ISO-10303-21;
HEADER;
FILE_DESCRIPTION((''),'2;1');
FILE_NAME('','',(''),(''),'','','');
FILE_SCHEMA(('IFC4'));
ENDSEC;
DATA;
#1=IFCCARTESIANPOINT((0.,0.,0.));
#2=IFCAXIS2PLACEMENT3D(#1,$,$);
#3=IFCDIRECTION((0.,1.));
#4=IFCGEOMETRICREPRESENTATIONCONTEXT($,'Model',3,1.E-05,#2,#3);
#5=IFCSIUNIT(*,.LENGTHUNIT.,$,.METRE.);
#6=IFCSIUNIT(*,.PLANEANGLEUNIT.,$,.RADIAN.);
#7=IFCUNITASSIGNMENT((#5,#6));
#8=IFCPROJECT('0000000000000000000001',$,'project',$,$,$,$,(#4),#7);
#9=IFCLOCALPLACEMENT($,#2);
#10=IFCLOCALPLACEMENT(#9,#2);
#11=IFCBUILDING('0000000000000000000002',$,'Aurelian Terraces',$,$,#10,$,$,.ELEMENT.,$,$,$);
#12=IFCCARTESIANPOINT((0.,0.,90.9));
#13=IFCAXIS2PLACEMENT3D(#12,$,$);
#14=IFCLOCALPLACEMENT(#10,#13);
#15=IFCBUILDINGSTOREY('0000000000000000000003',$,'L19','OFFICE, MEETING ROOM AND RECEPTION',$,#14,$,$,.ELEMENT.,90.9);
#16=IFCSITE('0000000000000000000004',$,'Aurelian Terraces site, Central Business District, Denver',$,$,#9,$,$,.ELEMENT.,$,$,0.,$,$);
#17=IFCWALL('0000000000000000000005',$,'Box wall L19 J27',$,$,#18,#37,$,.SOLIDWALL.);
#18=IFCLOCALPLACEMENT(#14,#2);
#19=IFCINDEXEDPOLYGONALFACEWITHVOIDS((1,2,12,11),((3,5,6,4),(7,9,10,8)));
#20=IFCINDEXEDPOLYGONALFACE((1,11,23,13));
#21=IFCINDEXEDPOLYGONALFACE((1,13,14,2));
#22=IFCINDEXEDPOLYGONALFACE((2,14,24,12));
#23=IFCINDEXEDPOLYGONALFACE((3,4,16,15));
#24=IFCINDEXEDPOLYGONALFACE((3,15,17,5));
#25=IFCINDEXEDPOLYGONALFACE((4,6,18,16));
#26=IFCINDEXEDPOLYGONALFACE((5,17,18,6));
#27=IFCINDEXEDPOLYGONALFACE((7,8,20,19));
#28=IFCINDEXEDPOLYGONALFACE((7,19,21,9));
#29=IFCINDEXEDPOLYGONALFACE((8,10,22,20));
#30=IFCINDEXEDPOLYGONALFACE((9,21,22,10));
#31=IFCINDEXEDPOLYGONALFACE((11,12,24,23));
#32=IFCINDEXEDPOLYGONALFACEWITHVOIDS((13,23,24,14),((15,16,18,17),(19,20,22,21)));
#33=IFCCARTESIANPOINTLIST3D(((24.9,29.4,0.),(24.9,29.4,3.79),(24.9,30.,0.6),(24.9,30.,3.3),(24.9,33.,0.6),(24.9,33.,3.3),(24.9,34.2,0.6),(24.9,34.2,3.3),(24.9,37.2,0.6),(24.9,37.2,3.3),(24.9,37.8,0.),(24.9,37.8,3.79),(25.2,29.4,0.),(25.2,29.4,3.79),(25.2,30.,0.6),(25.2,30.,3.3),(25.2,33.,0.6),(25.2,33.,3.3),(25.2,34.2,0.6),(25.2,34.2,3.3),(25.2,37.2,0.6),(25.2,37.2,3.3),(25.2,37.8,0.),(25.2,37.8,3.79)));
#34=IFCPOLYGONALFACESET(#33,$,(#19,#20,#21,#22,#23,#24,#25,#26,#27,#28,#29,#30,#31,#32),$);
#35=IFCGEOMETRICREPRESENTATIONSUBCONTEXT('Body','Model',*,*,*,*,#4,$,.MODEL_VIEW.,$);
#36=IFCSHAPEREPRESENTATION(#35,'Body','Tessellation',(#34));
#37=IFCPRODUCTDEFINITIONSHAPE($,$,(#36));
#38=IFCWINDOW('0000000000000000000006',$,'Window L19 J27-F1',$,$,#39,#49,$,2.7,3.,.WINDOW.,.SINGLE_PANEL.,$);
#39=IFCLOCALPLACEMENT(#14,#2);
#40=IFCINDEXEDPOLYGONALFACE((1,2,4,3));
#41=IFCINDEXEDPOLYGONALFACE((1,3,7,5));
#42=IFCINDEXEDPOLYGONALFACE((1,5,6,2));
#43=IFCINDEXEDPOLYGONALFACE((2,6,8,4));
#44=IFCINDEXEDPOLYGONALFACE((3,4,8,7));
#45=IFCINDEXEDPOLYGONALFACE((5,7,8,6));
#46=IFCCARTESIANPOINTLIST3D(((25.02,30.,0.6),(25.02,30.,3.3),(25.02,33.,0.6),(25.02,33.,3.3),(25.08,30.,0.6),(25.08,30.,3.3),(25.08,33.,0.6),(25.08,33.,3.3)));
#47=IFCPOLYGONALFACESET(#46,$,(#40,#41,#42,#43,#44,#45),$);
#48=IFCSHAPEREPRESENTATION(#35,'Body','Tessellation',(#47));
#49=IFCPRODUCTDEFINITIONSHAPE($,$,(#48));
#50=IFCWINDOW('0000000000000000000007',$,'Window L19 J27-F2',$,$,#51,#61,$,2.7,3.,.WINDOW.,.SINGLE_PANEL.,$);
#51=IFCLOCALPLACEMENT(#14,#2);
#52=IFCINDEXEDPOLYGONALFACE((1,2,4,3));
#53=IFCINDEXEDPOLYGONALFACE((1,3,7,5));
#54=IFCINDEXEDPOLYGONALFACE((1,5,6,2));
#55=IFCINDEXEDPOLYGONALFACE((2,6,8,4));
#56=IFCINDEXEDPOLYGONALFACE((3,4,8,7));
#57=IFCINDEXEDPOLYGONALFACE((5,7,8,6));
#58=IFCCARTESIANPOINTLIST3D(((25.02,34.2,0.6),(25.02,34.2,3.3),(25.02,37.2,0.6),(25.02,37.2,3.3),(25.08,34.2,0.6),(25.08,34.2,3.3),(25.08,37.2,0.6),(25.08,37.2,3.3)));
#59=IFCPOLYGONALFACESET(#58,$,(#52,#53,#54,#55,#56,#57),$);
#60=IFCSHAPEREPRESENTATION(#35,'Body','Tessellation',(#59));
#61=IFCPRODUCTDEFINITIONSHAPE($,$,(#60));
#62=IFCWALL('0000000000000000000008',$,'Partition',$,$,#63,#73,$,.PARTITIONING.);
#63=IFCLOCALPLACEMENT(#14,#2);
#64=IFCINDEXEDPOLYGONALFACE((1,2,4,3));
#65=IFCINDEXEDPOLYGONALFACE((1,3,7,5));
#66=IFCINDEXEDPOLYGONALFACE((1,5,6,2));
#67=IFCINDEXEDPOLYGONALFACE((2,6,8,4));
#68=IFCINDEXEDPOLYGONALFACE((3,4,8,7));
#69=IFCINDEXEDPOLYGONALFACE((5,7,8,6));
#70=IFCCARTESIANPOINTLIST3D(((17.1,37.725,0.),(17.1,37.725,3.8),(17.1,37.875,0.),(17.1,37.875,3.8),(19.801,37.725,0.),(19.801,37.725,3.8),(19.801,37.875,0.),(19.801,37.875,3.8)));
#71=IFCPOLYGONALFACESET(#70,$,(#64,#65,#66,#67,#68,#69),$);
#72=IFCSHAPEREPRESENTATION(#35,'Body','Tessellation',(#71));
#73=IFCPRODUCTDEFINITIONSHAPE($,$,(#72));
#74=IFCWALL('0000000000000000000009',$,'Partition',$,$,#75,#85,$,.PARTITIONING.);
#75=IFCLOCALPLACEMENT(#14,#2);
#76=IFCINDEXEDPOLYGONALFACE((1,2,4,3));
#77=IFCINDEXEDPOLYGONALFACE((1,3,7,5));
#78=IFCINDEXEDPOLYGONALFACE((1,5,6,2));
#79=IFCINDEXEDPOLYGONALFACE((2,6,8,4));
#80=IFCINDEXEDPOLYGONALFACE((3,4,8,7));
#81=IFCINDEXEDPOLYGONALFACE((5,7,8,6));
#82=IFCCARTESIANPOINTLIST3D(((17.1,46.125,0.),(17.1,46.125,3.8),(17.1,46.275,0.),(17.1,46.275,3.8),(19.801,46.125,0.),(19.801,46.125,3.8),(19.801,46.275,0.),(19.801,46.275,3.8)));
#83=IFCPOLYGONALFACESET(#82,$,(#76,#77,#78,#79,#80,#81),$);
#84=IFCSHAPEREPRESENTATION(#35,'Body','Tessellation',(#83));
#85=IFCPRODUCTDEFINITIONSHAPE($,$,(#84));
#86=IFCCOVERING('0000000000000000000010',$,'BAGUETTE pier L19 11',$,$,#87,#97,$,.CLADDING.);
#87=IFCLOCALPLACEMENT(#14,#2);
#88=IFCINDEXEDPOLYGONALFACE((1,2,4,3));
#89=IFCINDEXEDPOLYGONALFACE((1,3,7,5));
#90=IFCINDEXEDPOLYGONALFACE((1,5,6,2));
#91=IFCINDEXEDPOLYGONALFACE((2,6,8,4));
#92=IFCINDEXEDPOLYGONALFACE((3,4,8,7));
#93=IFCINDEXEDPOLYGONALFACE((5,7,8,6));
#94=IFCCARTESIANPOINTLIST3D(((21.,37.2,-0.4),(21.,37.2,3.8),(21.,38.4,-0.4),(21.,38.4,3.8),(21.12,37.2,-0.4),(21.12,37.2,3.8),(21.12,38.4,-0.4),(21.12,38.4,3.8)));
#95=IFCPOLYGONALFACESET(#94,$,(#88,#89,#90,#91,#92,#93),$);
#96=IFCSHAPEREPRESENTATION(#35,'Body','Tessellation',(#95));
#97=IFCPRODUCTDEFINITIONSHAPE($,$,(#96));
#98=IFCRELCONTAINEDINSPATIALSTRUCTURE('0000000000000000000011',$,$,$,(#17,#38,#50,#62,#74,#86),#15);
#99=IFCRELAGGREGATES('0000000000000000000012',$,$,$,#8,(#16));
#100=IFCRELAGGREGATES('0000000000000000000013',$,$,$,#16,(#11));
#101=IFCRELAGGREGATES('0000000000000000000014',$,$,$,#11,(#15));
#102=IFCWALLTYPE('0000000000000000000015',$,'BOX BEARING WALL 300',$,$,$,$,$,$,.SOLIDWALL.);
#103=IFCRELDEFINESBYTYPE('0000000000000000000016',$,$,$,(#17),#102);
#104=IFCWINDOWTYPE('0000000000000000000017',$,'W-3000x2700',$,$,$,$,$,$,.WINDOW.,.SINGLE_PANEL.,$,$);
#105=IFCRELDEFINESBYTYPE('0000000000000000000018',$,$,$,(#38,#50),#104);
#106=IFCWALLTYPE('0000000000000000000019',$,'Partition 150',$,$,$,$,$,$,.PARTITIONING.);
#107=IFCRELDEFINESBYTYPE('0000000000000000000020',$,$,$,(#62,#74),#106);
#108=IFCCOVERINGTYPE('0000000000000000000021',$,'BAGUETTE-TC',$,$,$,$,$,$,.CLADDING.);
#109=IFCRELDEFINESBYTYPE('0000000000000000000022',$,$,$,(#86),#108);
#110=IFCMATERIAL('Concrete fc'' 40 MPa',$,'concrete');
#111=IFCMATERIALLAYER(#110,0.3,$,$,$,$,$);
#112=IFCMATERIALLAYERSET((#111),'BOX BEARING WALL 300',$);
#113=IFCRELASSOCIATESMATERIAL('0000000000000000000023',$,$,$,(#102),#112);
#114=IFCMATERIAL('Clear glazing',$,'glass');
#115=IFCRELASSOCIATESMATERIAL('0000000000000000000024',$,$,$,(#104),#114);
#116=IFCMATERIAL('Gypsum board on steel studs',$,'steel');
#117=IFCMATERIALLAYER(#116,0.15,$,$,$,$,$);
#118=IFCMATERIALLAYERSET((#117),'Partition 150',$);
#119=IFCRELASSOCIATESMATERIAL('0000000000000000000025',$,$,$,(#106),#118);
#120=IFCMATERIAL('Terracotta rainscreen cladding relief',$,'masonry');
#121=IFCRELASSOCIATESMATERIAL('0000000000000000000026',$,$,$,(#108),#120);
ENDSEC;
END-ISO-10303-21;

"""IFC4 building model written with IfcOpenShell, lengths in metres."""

from ifc_helpers import new_model, si_unit, direction, frame, frame_2d, origin, origin_2d, place, context, subcontext, project, spatial, rectangle, extrude, source, transform, mapped, material, layer, layer_set, type_object, element, fill, save


model = new_model("IFC4")

# Units and contexts
model_context = context("Model", 3, precision=1e-05, world=origin(), true_north=direction((0.0, 1.0)))
body_context = subcontext(model_context, "Body", "Model", "MODEL_VIEW")
ifc_project = project(units=[si_unit("LENGTHUNIT", "METRE"), si_unit("PLANEANGLEUNIT", "RADIAN")], contexts=[model_context])

# Site, building, storey
site_placement = place(None, origin())
site = spatial("IfcSite", under=ifc_project, at=site_placement, Name="Aurelian Terraces site, Central Business District, Denver", CompositionType="ELEMENT", RefElevation=0.0)
building_placement = place(site_placement, origin())
building = spatial("IfcBuilding", under=site, at=building_placement, Name="Aurelian Terraces", CompositionType="ELEMENT")
storey_placement = place(building_placement, frame((0.0, 0.0, 90.9)))
storey = spatial("IfcBuildingStorey", under=building, at=storey_placement, Name="L19", Description="OFFICE, MEETING ROOM AND RECEPTION", CompositionType="ELEMENT", Elevation=90.9)

# Shared definitions
ifc_material_1 = material(Name="Clear glazing", Category="glass")

# Shared definitions
ifc_material_2 = material(Name="Concrete fc' 40 MPa", Category="concrete")

# Wall, openings, windows
ifc_layer_1 = layer(ifc_material_2, 0.3)
ifc_layer_set_1 = layer_set([ifc_layer_1], Name="BOX BEARING WALL 300")
wall_type_1 = type_object("IfcWallType", Name="BOX BEARING WALL 300", PredefinedType="SOLIDWALL", material=ifc_layer_set_1)
shared_shape_1 = source(origin(), body_context, "Body", "SweptSolid", [
    extrude(rectangle(XDim=8.4, YDim=0.3, at=frame_2d((4.2, 0.0))), origin(), (0.0, 0.0, 1.0), 3.79),
])
wall_1_placement = place(storey_placement, frame((25.05, 29.4, 0.0), z_axis=(0.0, 0.0, 1.0), x_axis=(0.0, 1.0, 0.0)))
wall_1 = element("IfcWall", 1, at=wall_1_placement, inside=storey, type_object=wall_type_1, Name="Box wall L19 J27", PredefinedType="SOLIDWALL", context=body_context, shape_type="MappedRepresentation", body=[
    mapped(shared_shape_1, transform((0.0, 0.0, 0.0), scale=1.0)),
])
shared_shape_2 = source(origin(), body_context, "Body", "SweptSolid", [
    extrude(rectangle(XDim=3.0, YDim=2.7, at=frame_2d((1.5, 1.35))), frame((0.0, 0.16, 0.0), z_axis=(0.0, -1.0, 0.0), x_axis=(1.0, 0.0, 0.0)), (0.0, 0.0, 1.0), 0.32),
])
opening_1_placement = place(wall_1_placement, frame((0.6, 0.0, 0.6)))
opening_1 = element("IfcOpeningElement", 2, at=opening_1_placement, cuts=wall_1, PredefinedType="OPENING", context=body_context, shape_type="MappedRepresentation", body=[
    mapped(shared_shape_2, transform((0.0, 0.0, 0.0), scale=1.0)),
])
opening_2_placement = place(wall_1_placement, frame((4.8, 0.0, 0.6)))
opening_2 = element("IfcOpeningElement", 3, at=opening_2_placement, cuts=wall_1, PredefinedType="OPENING", context=body_context, shape_type="MappedRepresentation", body=[
    mapped(shared_shape_2, transform((0.0, 0.0, 0.0), scale=1.0)),
])
window_type_1 = type_object("IfcWindowType", Name="W-3000x2700", PartitioningType="SINGLE_PANEL", PredefinedType="WINDOW", material=ifc_material_1)
shared_shape_3 = source(origin(), body_context, "Body", "SweptSolid", [
    extrude(rectangle(XDim=3.0, YDim=2.7, at=frame_2d((1.5, 1.35))), frame((0.0, 0.03, 0.0), z_axis=(0.0, -1.0, 0.0), x_axis=(1.0, 0.0, 0.0)), (0.0, 0.0, 1.0), 0.06),
])
window_1_placement = place(opening_1_placement, origin())
window_1 = element("IfcWindow", 4, at=window_1_placement, inside=storey, type_object=window_type_1, Name="Window L19 J27-F1", OverallHeight=2.7, OverallWidth=3.0, PartitioningType="SINGLE_PANEL", PredefinedType="WINDOW", context=body_context, shape_type="MappedRepresentation", body=[
    mapped(shared_shape_3, transform((0.0, 0.0, 0.0), scale=1.0)),
])
fill(opening_1, window_1)
window_2_placement = place(opening_2_placement, origin())
window_2 = element("IfcWindow", 5, at=window_2_placement, inside=storey, type_object=window_type_1, Name="Window L19 J27-F2", OverallHeight=2.7, OverallWidth=3.0, PartitioningType="SINGLE_PANEL", PredefinedType="WINDOW", context=body_context, shape_type="MappedRepresentation", body=[
    mapped(shared_shape_3, transform((0.0, 0.0, 0.0), scale=1.0)),
])
fill(opening_2, window_2)

# Walls
ifc_material_3 = material(Name="Gypsum board on steel studs", Category="steel")
ifc_layer_2 = layer(ifc_material_3, 0.15)
ifc_layer_set_2 = layer_set([ifc_layer_2], Name="Partition 150")
wall_type_2 = type_object("IfcWallType", Name="Partition 150", PredefinedType="PARTITIONING", material=ifc_layer_set_2)
shared_shape_4 = source(origin(), body_context, "Body", "SweptSolid", [
    extrude(rectangle(XDim=2.701, YDim=0.15, at=frame_2d((1.3505, 0.0))), origin(), (0.0, 0.0, 1.0), 3.8),
])
for number, where, z_axis, x_axis, name in (
    (6, (19.801, 37.8, 0.0), (0.0, 0.0, 1.0), (-1.0, 0.0, 0.0), "Partition"),
    (7, (19.801, 46.2, 0.0), (0.0, 0.0, 1.0), (-1.0, 0.0, 0.0), "Partition"),
):
    element("IfcWall", number, at=place(storey_placement, frame(where, z_axis=z_axis, x_axis=x_axis)), inside=storey, type_object=wall_type_2, Name=name, PredefinedType="PARTITIONING", context=body_context, shape_type="MappedRepresentation", body=[
        mapped(shared_shape_4, transform((0.0, 0.0, 0.0), scale=1.0)),
    ])

# Covering
ifc_material_4 = material(Name="Terracotta rainscreen cladding relief", Category="masonry")
covering_type = type_object("IfcCoveringType", Name="BAGUETTE-TC", PredefinedType="CLADDING", material=ifc_material_4)
shared_shape_5 = source(origin(), body_context, "Body", "SweptSolid", [
    extrude(rectangle(XDim=0.12, YDim=1.2, at=origin_2d()), origin(), (0.0, 0.0, 1.0), 4.2),
])
covering_placement = place(storey_placement, frame((21.06, 37.8, -0.4), z_axis=(0.0, 0.0, 1.0), x_axis=(1.0, 0.0, 0.0)))
element("IfcCovering", 8, at=covering_placement, inside=storey, type_object=covering_type, Name="BAGUETTE pier L19 11", PredefinedType="CLADDING", context=body_context, shape_type="MappedRepresentation", body=[
    mapped(shared_shape_5, transform((0.0, 0.0, 0.0), scale=1.0)),
])

save(model, "model.ifc")
